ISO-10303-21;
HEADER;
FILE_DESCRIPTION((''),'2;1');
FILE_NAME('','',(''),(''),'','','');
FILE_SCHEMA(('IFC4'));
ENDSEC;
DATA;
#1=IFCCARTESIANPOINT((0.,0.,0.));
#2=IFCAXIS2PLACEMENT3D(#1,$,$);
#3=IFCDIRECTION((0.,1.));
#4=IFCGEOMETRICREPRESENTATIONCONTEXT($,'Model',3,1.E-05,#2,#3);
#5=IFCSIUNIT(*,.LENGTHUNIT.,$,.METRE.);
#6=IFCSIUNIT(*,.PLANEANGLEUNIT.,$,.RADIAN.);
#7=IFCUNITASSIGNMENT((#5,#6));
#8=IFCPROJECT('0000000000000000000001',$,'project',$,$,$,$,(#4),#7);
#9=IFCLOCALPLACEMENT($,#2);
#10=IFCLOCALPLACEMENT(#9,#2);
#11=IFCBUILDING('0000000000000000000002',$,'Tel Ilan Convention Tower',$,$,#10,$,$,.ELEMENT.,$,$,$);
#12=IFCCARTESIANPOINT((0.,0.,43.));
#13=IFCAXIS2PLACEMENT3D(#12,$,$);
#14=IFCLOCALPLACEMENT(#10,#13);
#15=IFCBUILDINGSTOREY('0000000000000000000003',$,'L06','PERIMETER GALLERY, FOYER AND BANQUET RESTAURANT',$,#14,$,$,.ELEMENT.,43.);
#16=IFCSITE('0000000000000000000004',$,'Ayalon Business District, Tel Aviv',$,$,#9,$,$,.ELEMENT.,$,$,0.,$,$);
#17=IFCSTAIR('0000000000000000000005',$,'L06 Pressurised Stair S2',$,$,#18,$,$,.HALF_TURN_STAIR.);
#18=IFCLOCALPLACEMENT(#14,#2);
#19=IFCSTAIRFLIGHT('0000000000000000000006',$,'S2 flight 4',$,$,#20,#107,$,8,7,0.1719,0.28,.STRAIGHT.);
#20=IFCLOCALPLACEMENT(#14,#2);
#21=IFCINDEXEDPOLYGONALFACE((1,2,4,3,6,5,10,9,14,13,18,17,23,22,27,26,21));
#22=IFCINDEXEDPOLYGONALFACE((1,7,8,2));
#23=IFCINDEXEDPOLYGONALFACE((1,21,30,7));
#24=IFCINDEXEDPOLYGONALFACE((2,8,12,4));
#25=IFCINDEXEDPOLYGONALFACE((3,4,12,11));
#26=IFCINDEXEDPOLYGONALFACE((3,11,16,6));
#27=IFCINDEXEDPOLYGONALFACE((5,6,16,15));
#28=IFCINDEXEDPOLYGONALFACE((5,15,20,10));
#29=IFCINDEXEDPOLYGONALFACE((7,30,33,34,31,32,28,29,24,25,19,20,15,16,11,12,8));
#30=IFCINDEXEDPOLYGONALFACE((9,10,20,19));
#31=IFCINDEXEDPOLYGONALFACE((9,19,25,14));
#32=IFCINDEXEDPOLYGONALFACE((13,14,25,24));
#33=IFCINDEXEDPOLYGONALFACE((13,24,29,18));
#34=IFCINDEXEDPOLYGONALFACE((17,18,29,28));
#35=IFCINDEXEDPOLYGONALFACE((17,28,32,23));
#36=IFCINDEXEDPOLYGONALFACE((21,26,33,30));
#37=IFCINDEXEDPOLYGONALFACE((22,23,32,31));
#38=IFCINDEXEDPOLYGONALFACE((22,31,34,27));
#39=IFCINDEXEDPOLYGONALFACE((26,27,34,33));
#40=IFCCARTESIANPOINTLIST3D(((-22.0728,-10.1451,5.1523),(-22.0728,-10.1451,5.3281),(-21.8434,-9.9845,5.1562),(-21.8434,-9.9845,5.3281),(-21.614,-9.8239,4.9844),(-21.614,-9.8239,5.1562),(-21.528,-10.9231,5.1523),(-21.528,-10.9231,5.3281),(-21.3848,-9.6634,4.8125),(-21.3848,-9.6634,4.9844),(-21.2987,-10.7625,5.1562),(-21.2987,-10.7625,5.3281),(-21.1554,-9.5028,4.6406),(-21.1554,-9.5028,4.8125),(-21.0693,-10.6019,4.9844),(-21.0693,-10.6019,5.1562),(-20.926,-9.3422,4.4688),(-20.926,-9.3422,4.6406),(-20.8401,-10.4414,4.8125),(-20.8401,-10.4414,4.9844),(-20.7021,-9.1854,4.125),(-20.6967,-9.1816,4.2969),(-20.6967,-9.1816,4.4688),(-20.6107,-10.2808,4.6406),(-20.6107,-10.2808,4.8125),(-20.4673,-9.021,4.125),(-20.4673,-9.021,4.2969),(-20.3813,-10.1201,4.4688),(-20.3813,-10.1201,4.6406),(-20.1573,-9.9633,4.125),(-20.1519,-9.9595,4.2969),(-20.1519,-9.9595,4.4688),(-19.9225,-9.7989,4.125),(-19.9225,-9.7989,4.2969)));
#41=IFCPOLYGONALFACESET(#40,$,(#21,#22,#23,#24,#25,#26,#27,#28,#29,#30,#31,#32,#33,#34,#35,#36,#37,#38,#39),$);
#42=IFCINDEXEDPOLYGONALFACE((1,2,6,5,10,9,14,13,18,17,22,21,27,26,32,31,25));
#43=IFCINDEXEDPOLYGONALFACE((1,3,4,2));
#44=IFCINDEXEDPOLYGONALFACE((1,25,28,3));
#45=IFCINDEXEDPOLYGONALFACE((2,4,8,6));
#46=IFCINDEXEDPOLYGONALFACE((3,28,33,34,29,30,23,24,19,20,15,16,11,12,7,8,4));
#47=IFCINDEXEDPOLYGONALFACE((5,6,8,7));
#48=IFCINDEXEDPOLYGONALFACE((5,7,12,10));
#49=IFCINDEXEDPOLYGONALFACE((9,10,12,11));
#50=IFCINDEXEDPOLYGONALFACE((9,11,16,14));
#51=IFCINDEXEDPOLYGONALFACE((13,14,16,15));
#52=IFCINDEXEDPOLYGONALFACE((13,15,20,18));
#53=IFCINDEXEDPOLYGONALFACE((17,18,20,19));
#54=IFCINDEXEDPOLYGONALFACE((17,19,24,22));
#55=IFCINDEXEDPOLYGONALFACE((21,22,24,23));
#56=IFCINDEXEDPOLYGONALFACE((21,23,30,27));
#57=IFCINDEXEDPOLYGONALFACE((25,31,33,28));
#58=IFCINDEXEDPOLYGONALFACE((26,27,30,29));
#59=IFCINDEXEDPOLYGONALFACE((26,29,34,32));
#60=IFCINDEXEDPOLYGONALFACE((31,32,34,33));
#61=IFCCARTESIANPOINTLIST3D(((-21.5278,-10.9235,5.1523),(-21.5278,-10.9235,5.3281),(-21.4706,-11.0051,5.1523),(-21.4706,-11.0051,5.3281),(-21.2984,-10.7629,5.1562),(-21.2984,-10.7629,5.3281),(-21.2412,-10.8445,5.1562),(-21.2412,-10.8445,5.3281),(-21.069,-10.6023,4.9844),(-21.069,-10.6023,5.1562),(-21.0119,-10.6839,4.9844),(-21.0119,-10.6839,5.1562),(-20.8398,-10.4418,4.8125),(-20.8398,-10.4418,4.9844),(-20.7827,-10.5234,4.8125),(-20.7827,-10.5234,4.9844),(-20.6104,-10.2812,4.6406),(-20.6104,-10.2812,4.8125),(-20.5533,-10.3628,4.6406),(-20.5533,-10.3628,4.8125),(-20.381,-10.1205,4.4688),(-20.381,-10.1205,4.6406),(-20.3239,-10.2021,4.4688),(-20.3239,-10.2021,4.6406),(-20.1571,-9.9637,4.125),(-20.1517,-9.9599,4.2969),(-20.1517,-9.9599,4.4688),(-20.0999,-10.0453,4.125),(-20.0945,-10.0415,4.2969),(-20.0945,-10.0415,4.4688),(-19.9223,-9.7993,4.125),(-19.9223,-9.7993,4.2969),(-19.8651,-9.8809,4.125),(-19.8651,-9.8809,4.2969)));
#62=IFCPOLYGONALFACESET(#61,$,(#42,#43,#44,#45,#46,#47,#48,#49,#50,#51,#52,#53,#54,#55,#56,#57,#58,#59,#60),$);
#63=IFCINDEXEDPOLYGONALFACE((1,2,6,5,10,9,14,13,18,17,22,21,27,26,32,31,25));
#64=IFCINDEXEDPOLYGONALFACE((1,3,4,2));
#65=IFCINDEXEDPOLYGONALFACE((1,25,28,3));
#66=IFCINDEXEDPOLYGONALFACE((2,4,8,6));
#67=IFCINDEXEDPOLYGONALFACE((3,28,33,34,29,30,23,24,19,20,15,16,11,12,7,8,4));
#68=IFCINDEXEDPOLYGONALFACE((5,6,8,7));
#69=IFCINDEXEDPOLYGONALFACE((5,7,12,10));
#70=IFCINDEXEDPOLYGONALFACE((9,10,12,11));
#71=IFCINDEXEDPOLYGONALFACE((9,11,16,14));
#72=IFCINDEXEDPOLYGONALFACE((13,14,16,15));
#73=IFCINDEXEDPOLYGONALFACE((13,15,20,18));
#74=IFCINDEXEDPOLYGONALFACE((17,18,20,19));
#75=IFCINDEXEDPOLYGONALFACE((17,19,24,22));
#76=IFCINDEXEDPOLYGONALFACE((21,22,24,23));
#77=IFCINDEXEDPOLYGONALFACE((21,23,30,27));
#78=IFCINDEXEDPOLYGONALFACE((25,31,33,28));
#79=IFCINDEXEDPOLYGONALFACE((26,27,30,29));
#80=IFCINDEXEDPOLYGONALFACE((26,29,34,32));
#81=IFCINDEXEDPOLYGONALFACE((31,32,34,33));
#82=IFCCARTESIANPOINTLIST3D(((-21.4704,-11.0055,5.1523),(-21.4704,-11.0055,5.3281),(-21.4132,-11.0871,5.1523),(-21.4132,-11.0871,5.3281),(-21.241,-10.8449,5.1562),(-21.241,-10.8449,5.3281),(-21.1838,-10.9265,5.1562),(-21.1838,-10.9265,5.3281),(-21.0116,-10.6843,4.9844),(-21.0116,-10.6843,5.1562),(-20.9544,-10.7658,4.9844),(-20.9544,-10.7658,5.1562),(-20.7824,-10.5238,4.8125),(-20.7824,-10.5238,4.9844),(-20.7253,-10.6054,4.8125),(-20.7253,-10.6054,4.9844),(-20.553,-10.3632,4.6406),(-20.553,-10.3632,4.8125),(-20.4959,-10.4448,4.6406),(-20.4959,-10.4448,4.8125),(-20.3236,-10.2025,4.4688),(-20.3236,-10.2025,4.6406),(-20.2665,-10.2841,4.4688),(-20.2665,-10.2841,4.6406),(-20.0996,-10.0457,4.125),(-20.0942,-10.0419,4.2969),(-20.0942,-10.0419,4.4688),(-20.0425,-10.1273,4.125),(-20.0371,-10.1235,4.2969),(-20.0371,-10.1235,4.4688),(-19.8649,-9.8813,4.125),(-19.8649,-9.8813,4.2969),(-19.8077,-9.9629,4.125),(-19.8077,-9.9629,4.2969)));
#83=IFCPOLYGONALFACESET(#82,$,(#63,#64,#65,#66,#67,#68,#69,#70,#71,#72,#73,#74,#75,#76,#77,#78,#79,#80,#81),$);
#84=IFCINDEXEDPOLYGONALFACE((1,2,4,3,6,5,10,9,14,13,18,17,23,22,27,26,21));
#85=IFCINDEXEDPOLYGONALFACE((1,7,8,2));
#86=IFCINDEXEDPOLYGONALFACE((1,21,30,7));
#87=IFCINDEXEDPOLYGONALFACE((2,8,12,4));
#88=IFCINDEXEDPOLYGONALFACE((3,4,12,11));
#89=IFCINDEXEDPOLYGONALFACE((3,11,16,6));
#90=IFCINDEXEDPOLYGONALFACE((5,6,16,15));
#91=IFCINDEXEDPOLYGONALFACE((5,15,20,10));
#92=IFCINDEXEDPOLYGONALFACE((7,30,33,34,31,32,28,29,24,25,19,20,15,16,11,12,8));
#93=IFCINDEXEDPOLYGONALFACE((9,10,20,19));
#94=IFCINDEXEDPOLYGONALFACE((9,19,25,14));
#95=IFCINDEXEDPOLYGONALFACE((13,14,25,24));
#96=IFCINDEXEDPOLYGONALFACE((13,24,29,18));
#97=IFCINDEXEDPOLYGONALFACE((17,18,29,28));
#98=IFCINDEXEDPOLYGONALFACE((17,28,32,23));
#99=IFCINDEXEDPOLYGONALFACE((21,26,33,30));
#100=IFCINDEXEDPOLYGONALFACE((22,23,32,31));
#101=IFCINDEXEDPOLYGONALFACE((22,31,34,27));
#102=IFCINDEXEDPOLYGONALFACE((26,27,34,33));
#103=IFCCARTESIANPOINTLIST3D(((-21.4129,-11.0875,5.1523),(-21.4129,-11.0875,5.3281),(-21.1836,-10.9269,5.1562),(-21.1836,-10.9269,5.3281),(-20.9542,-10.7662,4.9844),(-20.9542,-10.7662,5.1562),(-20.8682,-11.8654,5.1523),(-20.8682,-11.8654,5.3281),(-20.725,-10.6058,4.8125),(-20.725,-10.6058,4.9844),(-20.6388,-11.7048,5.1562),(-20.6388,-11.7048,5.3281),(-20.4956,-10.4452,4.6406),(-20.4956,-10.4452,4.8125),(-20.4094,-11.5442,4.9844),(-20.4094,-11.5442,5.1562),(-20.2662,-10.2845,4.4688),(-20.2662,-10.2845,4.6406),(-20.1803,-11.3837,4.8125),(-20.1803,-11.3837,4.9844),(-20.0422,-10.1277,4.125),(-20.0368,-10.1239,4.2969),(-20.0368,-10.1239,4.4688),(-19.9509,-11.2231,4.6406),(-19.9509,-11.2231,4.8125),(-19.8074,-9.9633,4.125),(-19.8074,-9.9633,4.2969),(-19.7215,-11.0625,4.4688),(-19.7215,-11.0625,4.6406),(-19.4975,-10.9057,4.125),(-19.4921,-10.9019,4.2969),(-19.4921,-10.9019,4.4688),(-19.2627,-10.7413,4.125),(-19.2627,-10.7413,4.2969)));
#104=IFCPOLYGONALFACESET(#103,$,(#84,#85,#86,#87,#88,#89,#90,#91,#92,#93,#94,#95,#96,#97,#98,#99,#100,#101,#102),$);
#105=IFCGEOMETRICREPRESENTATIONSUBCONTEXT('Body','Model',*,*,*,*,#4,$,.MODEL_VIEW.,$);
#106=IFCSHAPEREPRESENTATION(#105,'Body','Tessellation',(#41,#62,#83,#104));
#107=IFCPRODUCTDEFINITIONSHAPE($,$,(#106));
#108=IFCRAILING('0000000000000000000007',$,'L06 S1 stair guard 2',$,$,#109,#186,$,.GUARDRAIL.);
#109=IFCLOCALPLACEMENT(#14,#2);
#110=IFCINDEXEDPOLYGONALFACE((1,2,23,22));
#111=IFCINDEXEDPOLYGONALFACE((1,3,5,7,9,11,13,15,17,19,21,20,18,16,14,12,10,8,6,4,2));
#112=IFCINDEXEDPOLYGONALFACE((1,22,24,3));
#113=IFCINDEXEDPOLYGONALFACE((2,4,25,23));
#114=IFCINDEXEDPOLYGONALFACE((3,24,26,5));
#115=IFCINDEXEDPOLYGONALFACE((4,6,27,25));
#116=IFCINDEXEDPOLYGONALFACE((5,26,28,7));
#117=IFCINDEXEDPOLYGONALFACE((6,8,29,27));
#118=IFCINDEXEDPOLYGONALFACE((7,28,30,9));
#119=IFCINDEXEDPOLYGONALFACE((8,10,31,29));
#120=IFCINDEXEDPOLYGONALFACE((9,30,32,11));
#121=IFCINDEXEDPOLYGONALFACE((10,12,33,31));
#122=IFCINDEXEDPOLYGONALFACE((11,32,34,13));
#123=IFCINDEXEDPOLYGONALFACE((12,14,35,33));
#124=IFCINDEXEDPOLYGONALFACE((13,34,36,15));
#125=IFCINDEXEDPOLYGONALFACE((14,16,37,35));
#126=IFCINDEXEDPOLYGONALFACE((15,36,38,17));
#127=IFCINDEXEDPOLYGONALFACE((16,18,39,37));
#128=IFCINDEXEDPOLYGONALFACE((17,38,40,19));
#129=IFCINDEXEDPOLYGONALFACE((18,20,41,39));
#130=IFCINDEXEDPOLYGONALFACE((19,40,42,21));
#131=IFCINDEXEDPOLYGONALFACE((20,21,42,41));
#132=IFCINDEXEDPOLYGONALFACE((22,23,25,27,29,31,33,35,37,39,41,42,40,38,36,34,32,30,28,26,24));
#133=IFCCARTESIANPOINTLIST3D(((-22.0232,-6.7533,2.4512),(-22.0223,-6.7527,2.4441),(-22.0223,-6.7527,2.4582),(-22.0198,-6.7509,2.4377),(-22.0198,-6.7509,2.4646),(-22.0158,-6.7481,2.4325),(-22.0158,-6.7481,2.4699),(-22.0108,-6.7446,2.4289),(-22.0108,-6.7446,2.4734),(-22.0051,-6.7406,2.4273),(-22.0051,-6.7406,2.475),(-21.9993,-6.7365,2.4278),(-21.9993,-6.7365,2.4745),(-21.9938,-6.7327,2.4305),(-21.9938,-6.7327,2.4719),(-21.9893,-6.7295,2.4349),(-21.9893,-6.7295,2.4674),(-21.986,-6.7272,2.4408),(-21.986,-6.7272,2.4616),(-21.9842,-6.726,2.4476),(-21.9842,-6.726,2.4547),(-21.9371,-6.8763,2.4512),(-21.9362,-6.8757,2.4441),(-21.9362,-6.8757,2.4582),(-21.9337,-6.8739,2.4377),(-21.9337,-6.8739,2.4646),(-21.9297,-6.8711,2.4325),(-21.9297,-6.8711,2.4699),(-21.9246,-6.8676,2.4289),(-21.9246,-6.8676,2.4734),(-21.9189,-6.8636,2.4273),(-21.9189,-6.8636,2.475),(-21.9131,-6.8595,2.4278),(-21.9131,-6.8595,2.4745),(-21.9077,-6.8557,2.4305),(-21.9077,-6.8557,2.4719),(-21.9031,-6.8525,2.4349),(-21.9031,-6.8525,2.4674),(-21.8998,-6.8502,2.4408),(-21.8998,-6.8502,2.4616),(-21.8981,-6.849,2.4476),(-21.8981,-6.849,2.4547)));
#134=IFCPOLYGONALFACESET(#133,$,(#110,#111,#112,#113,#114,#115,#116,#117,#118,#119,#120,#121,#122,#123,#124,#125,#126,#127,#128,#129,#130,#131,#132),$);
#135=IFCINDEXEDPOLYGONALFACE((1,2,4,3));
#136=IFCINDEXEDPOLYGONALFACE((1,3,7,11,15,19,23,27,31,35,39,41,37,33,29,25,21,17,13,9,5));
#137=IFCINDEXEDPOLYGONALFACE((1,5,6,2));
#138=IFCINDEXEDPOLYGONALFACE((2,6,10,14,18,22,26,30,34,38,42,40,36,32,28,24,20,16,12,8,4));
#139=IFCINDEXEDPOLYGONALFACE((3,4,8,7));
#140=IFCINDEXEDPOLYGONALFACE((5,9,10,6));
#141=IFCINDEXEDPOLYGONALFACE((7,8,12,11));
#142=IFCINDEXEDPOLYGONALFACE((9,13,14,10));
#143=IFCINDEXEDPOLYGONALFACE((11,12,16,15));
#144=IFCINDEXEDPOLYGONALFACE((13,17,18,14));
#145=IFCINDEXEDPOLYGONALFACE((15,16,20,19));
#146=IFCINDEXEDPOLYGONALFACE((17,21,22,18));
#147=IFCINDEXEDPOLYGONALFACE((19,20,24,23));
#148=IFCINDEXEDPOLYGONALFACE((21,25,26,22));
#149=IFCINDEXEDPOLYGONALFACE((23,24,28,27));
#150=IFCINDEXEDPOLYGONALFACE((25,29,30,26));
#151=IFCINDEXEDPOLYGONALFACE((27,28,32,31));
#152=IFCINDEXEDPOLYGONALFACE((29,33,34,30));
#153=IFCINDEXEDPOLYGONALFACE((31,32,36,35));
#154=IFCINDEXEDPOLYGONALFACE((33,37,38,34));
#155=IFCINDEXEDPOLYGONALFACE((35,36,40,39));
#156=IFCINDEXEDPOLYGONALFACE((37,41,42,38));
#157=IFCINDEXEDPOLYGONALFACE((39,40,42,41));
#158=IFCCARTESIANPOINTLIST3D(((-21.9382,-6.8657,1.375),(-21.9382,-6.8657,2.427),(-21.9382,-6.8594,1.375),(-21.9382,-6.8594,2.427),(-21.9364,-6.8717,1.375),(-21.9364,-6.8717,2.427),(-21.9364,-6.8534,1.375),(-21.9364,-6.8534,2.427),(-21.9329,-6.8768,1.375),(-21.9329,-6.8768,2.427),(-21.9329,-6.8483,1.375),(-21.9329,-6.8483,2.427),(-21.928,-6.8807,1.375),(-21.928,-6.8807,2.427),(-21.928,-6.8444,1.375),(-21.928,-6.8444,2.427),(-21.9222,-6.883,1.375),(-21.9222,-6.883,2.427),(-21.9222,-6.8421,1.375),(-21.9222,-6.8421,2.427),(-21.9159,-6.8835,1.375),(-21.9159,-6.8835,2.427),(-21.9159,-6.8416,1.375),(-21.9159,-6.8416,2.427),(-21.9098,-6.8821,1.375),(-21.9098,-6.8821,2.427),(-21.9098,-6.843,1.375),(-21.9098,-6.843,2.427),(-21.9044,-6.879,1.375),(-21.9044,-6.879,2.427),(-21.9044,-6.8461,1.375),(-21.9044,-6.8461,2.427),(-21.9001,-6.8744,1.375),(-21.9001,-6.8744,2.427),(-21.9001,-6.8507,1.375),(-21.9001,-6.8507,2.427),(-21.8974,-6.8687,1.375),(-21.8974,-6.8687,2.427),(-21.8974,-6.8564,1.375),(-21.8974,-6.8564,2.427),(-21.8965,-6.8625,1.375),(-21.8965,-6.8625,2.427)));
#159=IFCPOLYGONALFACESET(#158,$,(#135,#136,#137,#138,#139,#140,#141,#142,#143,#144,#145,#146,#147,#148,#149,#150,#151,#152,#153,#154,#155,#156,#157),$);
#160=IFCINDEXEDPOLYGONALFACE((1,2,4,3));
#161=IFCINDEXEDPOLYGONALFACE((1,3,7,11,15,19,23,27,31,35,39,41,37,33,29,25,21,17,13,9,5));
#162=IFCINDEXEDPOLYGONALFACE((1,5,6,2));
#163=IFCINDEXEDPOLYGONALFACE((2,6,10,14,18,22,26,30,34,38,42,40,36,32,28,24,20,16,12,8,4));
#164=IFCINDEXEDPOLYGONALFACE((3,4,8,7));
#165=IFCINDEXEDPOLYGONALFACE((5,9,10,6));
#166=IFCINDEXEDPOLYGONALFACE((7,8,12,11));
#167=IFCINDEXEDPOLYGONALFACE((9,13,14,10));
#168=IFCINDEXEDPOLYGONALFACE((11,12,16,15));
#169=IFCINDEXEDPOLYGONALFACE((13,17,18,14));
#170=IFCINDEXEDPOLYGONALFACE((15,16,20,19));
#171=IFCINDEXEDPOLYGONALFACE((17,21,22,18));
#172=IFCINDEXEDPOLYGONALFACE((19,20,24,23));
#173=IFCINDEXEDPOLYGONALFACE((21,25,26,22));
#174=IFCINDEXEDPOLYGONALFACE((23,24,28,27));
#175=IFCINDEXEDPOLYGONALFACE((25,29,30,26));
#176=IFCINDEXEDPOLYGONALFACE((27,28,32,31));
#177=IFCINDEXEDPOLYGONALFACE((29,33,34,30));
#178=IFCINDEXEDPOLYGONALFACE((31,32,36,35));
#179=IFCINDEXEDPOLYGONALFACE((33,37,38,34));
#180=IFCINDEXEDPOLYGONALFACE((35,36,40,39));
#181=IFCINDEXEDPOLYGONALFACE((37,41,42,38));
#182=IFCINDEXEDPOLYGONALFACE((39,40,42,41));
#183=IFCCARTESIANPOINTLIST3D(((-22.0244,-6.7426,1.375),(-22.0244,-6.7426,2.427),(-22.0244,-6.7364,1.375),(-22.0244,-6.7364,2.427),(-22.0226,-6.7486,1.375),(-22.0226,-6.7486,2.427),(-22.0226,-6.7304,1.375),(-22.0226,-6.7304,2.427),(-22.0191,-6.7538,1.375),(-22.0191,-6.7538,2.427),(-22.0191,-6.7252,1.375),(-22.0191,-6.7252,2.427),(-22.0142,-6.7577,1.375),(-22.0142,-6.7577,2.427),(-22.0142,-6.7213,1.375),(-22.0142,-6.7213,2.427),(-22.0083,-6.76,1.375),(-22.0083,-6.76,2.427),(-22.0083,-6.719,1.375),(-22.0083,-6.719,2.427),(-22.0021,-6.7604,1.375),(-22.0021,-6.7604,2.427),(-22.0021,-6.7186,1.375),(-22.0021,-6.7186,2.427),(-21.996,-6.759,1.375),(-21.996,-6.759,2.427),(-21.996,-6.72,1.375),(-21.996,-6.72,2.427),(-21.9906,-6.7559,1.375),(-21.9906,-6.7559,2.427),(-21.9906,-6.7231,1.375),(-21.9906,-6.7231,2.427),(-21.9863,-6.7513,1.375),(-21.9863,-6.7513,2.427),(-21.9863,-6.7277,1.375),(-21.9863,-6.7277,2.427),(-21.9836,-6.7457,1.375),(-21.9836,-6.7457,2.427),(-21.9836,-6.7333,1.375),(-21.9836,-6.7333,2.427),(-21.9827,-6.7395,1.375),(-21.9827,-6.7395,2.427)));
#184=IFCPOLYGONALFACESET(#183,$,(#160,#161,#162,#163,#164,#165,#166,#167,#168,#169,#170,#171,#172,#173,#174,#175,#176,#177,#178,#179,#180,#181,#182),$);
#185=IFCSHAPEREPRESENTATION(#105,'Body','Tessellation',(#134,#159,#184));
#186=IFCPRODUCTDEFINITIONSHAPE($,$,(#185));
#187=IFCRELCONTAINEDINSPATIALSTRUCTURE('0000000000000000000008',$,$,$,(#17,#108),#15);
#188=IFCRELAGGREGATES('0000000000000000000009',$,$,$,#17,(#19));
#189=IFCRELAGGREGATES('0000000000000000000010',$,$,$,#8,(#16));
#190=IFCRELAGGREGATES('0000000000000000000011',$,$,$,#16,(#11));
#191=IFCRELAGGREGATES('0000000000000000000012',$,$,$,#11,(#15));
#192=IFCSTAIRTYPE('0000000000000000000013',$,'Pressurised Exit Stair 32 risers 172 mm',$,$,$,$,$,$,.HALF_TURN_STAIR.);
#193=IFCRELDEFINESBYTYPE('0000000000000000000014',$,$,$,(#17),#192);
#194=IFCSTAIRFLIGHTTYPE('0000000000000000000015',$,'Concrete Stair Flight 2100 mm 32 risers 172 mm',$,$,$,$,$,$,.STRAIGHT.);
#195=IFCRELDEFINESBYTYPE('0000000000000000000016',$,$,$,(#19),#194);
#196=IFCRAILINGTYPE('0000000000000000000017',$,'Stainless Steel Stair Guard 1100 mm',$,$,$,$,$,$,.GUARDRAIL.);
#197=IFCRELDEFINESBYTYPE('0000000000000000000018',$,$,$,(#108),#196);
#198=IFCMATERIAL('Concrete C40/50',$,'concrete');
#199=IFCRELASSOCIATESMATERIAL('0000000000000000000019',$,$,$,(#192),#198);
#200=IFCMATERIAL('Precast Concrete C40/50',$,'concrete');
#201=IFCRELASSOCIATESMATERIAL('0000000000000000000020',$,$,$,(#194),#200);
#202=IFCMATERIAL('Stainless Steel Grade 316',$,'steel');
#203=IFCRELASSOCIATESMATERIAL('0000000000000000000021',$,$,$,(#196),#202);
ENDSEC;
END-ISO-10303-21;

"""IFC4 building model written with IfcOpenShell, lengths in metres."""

from ifc_helpers import new_model, si_unit, direction, frame, origin, origin_2d, place, context, subcontext, project, spatial, polyline, circle, outline, extrude, material, type_object, element, aggregate, save


model = new_model("IFC4")

# Units and contexts
model_context = context("Model", 3, precision=1e-05, world=origin(), true_north=direction((0.0, 1.0)))
body_context = subcontext(model_context, "Body", "Model", "MODEL_VIEW")
ifc_project = project(units=[si_unit("LENGTHUNIT", "METRE"), si_unit("PLANEANGLEUNIT", "RADIAN")], contexts=[model_context])

# Site, building, storey
site_placement = place(None, origin())
site = spatial("IfcSite", under=ifc_project, at=site_placement, Name="Ayalon Business District, Tel Aviv", CompositionType="ELEMENT", RefElevation=0.0)
building_placement = place(site_placement, origin())
building = spatial("IfcBuilding", under=site, at=building_placement, Name="Tel Ilan Convention Tower", CompositionType="ELEMENT")
storey_placement = place(building_placement, frame((0.0, 0.0, 43.0)))
storey = spatial("IfcBuildingStorey", under=building, at=storey_placement, Name="L06", Description="PERIMETER GALLERY, FOYER AND BANQUET RESTAURANT", CompositionType="ELEMENT", Elevation=43.0)

# Stair, stair flight
ifc_material_1 = material(Name="Concrete C40/50", Category="concrete")
stair_type = type_object("IfcStairType", Name="Pressurised Exit Stair 32 risers 172 mm", PredefinedType="HALF_TURN_STAIR", material=ifc_material_1)
ifc_material_2 = material(Name="Precast Concrete C40/50", Category="concrete")
stair_flight_type = type_object("IfcStairFlightType", Name="Concrete Stair Flight 2100 mm 32 risers 172 mm", PredefinedType="STRAIGHT", material=ifc_material_2)
stair_1_placement = place(storey_placement, origin())
stair_1 = element("IfcStair", 1, at=stair_1_placement, inside=storey, type_object=stair_type, Name="L06 Pressurised Stair S2", PredefinedType="HALF_TURN_STAIR")
stair_flight_1_placement = place(storey_placement, frame((-19.865, -9.8811, 4.125), z_axis=(0.0, 0.0, 1.0), x_axis=(-0.819152, -0.573576, 0.0)))
stair_flight_1 = element("IfcStairFlight", 2, at=stair_flight_1_placement, type_object=stair_flight_type, Name="S2 flight 4", NumberOfRisers=8, NumberOfTreads=7, PredefinedType="STRAIGHT", RiserHeight=0.1719, TreadLength=0.28, context=body_context, shape_type="SweptSolid", body=[
    extrude(outline(polyline([(0.0, 0.0), (0.0, 0.1719), (0.28, 0.1719), (0.28, 0.3438), (0.5601, 0.3438), (0.5601, 0.5156), (0.8401, 0.5156), (0.8401, 0.6875), (1.1201, 0.6875), (1.1201, 0.8594), (1.3999, 0.8594), (1.3999, 1.0312), (1.6799, 1.0312), (1.6799, 1.2031), (1.96, 1.2031), (1.96, 1.375), (1.96, 1.0273), (0.2866, 0.0), (0.0, 0.0)])), frame((0.0, -0.1003, 0.0), z_axis=(0.0, -1.0, 0.0), x_axis=(1.0, 0.0, 0.0)), (0.0, 0.0, 1.0), 0.9497),
    extrude(outline(polyline([(0.0, 0.0), (0.0, 0.1719), (0.28, 0.1719), (0.28, 0.3438), (0.5601, 0.3438), (0.5601, 0.5156), (0.8401, 0.5156), (0.8401, 0.6875), (1.1201, 0.6875), (1.1201, 0.8594), (1.3999, 0.8594), (1.3999, 1.0312), (1.6799, 1.0312), (1.6799, 1.2031), (1.96, 1.2031), (1.96, 1.375), (1.96, 1.0273), (0.2866, 0.0), (0.0, 0.0)])), frame((0.0, -0.0002, 0.0), z_axis=(0.0, -1.0, 0.0), x_axis=(1.0, 0.0, 0.0)), (0.0, 0.0, 1.0), 0.0996),
    extrude(outline(polyline([(0.0, 0.0), (0.0, 0.1719), (0.28, 0.1719), (0.28, 0.3438), (0.5601, 0.3438), (0.5601, 0.5156), (0.8401, 0.5156), (0.8401, 0.6875), (1.1201, 0.6875), (1.1201, 0.8594), (1.3999, 0.8594), (1.3999, 1.0312), (1.6799, 1.0312), (1.6799, 1.2031), (1.96, 1.2031), (1.96, 1.375), (1.96, 1.0273), (0.2866, 0.0), (0.0, 0.0)])), frame((0.0, 0.0999, 0.0), z_axis=(0.0, -1.0, 0.0), x_axis=(1.0, 0.0, 0.0)), (0.0, 0.0, 1.0), 0.0996),
    extrude(outline(polyline([(0.0, 0.0), (0.0, 0.1719), (0.28, 0.1719), (0.28, 0.3438), (0.5601, 0.3438), (0.5601, 0.5156), (0.8401, 0.5156), (0.8401, 0.6875), (1.1201, 0.6875), (1.1201, 0.8594), (1.3999, 0.8594), (1.3999, 1.0312), (1.6799, 1.0312), (1.6799, 1.2031), (1.96, 1.2031), (1.96, 1.375), (1.96, 1.0273), (0.2866, 0.0), (0.0, 0.0)])), frame((0.0, 1.05, 0.0), z_axis=(0.0, -1.0, 0.0), x_axis=(1.0, 0.0, 0.0)), (0.0, 0.0, 1.0), 0.9497),
])
aggregate(stair_1, [stair_flight_1])

# Railing
ifc_material_3 = material(Name="Stainless Steel Grade 316", Category="steel")
railing_type_1 = type_object("IfcRailingType", Name="Stainless Steel Stair Guard 1100 mm", PredefinedType="GUARDRAIL", material=ifc_material_3)
railing_1_placement = place(storey_placement, frame((-21.9175, -6.8625, 1.375)))
element("IfcRailing", 3, at=railing_1_placement, inside=storey, type_object=railing_type_1, Name="L06 S1 stair guard 2", PredefinedType="GUARDRAIL", context=body_context, shape_type="SweptSolid", body=[
    extrude(circle(Radius=0.0239, at=origin_2d()), frame((0.0, 0.0, 1.0762), z_axis=(-0.57368, 0.819079, 0.0), x_axis=(-0.819079, -0.57368, 0.0)), (0.0, 0.0, 1.0), 0.1501),
    extrude(circle(Radius=0.021, at=origin_2d()), origin(), (0.0, 0.0, 1.0), 1.052),
    extrude(circle(Radius=0.021, at=origin_2d()), frame((-0.0862, 0.123, 0.0)), (0.0, 0.0, 1.0), 1.052),
])

save(model, "model.ifc")
